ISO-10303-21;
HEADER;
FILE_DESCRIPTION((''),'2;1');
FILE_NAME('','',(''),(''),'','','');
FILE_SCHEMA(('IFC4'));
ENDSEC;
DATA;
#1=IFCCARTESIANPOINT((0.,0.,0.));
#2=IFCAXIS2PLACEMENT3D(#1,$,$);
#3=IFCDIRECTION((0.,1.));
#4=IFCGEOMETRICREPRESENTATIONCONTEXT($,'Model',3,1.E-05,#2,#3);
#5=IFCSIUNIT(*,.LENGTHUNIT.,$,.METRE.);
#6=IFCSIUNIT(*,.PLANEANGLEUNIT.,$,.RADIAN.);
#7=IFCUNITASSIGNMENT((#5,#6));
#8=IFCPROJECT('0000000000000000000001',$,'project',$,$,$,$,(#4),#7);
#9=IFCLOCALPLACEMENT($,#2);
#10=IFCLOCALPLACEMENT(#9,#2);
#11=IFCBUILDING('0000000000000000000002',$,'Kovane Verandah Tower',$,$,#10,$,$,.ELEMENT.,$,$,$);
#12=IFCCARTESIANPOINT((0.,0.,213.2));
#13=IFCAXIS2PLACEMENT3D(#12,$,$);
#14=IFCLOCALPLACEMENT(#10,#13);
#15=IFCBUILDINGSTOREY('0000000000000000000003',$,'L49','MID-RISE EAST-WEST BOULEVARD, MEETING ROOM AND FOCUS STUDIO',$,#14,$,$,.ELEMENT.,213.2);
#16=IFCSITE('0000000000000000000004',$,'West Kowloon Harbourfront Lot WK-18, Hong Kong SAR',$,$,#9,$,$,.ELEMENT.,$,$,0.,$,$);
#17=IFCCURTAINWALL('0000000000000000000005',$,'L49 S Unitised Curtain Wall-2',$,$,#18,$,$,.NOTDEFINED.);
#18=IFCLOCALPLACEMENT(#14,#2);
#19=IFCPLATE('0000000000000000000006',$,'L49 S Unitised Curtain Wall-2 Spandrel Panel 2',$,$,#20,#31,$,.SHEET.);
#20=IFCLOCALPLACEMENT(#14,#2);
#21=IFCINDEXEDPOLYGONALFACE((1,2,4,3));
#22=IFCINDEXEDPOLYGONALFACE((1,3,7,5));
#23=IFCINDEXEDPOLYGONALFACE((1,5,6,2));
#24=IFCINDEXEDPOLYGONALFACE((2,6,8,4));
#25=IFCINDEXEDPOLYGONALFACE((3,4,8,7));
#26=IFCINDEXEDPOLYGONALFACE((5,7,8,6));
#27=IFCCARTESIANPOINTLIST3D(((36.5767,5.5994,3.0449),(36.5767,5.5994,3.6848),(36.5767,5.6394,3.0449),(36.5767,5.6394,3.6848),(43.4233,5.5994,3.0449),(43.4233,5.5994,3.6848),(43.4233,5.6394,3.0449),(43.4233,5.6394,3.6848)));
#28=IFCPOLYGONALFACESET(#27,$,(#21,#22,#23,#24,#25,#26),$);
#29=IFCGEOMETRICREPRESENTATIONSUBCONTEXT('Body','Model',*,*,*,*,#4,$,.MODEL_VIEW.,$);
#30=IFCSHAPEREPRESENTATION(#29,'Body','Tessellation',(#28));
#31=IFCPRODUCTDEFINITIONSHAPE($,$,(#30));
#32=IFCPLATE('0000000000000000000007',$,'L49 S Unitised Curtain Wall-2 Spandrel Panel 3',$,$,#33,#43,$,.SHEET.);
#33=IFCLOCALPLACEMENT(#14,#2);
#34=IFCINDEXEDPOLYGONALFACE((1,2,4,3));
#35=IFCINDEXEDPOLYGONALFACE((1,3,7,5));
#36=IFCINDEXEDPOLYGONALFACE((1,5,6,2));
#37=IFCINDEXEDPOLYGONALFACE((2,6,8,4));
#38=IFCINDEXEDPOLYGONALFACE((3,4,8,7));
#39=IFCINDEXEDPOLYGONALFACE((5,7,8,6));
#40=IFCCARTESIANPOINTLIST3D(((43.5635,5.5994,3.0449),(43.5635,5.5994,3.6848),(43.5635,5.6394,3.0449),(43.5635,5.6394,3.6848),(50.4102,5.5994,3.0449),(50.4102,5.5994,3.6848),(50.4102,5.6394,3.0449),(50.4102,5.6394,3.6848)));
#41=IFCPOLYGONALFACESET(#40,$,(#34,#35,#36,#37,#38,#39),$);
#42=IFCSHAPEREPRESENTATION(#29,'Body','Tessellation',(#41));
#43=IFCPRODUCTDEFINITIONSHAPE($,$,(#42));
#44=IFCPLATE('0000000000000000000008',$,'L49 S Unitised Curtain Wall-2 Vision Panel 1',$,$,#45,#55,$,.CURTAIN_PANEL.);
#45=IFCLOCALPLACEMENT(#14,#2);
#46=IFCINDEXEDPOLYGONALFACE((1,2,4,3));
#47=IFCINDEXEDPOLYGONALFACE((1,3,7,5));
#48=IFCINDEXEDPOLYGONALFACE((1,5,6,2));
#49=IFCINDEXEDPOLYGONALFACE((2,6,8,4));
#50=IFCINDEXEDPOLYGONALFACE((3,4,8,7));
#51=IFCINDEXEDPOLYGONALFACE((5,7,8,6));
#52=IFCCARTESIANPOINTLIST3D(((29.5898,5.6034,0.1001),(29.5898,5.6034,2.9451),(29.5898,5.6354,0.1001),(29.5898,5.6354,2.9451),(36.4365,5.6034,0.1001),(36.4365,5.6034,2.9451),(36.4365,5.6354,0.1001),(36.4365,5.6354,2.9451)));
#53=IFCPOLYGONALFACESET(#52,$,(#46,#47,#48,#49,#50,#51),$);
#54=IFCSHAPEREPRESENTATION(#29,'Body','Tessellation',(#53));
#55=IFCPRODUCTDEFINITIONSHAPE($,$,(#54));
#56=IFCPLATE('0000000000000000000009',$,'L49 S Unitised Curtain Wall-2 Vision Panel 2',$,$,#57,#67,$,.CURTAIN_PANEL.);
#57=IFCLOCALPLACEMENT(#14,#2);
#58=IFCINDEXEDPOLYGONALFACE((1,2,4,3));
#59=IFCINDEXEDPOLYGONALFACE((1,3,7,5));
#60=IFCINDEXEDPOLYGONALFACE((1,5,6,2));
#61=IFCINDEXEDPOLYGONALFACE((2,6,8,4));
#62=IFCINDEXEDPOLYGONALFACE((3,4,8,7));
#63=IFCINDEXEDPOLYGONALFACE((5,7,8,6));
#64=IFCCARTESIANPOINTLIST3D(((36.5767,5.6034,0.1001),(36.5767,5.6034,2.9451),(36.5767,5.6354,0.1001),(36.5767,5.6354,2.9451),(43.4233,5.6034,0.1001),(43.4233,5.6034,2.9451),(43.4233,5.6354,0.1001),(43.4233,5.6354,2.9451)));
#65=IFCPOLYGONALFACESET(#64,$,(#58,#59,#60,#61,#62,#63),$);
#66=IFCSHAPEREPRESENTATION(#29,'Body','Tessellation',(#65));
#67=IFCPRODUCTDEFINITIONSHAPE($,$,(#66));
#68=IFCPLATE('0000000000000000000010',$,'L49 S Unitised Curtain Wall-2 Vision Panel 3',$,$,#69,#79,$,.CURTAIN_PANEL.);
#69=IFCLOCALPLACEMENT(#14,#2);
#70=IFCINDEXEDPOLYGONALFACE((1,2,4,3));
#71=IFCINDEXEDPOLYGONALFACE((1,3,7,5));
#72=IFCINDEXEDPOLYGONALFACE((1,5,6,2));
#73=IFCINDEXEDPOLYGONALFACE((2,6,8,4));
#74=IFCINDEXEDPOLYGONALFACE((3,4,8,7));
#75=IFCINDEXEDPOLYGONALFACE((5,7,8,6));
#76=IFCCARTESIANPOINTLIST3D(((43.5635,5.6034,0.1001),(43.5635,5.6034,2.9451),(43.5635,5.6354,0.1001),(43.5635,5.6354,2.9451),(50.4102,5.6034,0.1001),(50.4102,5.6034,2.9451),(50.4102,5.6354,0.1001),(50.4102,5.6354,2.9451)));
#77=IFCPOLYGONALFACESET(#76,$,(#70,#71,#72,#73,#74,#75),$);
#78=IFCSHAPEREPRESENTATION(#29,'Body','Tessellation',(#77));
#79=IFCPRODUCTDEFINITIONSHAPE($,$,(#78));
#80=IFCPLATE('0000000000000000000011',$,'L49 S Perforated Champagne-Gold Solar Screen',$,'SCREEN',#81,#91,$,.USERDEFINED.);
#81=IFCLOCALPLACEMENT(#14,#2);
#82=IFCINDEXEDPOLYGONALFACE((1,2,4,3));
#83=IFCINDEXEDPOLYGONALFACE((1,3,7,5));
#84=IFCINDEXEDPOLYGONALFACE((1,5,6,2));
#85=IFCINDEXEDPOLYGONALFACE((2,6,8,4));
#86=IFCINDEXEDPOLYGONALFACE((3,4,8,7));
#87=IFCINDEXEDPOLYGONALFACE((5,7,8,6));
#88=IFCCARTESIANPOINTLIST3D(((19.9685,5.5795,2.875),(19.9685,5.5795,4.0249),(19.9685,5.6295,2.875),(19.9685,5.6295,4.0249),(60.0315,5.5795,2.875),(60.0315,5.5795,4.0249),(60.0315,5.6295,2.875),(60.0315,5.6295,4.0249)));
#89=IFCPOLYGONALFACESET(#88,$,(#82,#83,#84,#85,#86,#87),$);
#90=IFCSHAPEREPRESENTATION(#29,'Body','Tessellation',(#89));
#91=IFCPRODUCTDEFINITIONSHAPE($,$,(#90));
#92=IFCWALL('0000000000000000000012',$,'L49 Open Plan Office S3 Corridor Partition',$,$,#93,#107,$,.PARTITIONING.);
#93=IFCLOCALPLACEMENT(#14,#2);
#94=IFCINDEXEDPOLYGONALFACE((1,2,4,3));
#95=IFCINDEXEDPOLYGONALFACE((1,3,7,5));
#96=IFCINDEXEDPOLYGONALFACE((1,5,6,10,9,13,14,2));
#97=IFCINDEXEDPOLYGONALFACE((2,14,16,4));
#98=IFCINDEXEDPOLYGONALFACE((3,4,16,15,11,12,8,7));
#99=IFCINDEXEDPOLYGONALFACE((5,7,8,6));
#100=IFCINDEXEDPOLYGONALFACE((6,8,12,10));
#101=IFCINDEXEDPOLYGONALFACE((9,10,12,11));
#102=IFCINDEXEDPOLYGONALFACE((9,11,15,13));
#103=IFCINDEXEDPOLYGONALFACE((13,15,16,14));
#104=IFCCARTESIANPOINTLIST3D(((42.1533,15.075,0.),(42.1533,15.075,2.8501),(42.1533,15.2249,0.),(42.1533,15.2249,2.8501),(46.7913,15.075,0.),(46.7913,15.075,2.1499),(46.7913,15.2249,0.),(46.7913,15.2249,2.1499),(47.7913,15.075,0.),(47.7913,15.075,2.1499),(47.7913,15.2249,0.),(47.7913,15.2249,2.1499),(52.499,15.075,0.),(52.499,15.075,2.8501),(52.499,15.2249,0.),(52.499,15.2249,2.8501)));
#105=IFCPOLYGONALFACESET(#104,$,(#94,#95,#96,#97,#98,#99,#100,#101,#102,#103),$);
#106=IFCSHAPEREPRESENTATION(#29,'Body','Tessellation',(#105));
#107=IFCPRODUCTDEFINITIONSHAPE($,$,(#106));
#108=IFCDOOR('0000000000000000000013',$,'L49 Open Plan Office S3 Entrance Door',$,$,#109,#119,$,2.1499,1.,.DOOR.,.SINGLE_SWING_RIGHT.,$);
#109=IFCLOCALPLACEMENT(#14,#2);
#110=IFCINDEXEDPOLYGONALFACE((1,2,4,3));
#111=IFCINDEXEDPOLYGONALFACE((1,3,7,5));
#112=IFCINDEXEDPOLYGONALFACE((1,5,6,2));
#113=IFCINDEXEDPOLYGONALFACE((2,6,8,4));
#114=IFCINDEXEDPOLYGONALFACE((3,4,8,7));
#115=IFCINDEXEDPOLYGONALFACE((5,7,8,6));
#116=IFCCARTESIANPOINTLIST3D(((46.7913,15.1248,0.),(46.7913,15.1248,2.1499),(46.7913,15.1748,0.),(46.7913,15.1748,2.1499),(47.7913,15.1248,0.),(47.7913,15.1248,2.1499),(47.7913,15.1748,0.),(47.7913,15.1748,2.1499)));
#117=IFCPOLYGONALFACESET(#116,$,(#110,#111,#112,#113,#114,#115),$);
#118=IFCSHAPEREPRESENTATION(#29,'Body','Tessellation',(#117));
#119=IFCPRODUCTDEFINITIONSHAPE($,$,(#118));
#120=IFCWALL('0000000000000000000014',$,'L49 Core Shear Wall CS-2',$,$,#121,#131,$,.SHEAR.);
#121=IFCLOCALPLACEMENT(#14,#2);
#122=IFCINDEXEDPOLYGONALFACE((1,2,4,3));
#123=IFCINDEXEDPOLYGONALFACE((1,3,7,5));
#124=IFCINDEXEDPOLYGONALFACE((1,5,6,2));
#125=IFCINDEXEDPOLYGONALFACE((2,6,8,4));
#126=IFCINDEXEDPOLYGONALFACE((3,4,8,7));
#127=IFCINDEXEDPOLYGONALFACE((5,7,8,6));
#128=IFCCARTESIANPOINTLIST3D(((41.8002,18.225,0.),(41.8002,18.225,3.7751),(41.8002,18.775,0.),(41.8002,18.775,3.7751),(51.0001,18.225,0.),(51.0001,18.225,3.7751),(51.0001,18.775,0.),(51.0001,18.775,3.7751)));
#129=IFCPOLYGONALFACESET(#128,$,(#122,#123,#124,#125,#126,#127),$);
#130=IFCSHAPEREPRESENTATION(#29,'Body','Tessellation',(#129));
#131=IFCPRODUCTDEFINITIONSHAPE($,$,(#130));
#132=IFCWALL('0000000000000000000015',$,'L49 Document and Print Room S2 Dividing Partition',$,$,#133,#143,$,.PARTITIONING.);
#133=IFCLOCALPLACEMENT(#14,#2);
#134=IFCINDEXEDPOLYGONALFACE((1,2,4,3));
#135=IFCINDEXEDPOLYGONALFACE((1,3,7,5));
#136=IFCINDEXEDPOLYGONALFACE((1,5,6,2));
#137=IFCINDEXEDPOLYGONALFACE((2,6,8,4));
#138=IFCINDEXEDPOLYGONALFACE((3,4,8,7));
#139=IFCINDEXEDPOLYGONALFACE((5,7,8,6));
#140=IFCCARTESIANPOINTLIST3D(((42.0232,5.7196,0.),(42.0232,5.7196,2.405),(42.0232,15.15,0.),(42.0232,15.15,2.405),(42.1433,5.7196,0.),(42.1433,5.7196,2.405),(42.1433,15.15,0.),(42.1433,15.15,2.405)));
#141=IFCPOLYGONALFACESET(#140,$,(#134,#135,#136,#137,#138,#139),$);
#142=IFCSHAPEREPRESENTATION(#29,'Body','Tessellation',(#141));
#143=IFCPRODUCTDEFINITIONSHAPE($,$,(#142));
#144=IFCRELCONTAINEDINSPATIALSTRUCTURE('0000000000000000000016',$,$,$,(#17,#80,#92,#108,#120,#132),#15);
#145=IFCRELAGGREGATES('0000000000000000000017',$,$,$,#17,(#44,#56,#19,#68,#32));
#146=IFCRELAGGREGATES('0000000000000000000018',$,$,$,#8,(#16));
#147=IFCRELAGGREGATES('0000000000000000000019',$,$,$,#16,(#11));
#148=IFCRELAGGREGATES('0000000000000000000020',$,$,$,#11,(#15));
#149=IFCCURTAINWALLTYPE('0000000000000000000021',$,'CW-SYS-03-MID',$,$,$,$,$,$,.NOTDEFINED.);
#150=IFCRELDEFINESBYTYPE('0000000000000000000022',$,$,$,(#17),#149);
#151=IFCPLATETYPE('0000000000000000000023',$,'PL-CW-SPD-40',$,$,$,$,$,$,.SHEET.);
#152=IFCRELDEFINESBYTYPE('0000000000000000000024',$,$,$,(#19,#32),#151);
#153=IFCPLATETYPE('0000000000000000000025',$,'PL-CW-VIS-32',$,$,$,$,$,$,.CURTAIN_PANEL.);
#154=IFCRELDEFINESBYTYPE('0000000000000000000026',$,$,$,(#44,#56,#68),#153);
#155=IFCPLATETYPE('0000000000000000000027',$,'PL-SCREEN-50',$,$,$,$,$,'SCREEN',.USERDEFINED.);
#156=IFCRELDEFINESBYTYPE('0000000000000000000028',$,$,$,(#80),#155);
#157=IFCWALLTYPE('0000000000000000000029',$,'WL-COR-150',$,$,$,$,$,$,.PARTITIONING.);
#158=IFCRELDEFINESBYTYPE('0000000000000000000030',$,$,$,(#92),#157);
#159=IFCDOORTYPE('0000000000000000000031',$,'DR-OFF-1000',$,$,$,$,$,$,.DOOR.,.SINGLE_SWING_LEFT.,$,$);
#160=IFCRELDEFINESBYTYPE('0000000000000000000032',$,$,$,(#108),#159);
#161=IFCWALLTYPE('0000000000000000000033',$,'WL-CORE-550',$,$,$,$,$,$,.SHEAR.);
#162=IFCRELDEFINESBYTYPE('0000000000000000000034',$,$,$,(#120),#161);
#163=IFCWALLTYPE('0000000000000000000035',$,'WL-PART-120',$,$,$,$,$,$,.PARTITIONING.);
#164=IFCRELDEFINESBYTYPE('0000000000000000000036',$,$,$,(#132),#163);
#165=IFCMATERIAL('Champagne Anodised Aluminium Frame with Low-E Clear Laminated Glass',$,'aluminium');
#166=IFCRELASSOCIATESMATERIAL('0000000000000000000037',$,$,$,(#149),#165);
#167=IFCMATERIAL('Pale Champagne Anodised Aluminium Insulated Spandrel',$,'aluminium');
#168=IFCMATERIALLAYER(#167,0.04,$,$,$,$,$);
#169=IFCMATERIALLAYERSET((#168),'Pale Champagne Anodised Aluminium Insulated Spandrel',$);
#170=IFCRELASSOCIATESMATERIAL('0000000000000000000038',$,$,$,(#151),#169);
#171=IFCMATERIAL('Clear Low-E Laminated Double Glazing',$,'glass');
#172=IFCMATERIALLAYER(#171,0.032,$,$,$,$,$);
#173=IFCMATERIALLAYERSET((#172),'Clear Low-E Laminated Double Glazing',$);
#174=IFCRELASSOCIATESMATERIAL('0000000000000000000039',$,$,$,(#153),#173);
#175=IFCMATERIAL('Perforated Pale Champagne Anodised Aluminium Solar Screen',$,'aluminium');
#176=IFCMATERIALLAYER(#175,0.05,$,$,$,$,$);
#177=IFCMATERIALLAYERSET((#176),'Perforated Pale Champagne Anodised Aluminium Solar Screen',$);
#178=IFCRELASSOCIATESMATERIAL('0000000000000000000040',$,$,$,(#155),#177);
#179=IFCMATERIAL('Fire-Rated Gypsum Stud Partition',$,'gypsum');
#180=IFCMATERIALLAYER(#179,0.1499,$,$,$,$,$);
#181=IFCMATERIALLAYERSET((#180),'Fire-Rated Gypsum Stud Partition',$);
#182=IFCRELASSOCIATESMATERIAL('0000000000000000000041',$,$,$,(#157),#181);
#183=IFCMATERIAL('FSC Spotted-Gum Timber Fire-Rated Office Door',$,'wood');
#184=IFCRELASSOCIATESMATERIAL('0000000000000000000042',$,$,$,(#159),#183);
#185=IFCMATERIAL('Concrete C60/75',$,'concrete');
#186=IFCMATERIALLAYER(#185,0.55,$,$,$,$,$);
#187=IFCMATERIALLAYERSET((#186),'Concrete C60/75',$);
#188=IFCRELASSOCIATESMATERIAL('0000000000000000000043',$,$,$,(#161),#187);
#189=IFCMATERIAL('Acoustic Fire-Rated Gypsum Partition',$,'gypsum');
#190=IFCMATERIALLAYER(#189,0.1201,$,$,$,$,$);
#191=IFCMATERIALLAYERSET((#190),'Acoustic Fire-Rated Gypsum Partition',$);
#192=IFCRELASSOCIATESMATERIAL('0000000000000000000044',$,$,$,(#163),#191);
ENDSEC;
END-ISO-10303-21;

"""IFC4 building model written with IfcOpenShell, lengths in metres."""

from ifc_helpers import new_model, si_unit, direction, frame, frame_2d, origin, origin_2d, place, context, subcontext, project, spatial, rectangle, extrude, material, layer, layer_set, type_object, element, fill, aggregate, save


model = new_model("IFC4")

# Units and contexts
model_context = context("Model", 3, precision=1e-05, world=origin(), true_north=direction((0.0, 1.0)))
body_context = subcontext(model_context, "Body", "Model", "MODEL_VIEW")
ifc_project = project(units=[si_unit("LENGTHUNIT", "METRE"), si_unit("PLANEANGLEUNIT", "RADIAN")], contexts=[model_context])

# Site, building, storey
site_placement = place(None, origin())
site = spatial("IfcSite", under=ifc_project, at=site_placement, Name="West Kowloon Harbourfront Lot WK-18, Hong Kong SAR", CompositionType="ELEMENT", RefElevation=0.0)
building_placement = place(site_placement, origin())
building = spatial("IfcBuilding", under=site, at=building_placement, Name="Kovane Verandah Tower", CompositionType="ELEMENT")
storey_placement = place(building_placement, frame((0.0, 0.0, 213.2)))
storey = spatial("IfcBuildingStorey", under=building, at=storey_placement, Name="L49", Description="MID-RISE EAST-WEST BOULEVARD, MEETING ROOM AND FOCUS STUDIO", CompositionType="ELEMENT", Elevation=213.2)

# Shared definitions
ifc_material_1 = material(Name="Concrete C60/75", Category="concrete")

# Curtain wall, plates
ifc_material_2 = material(Name="Champagne Anodised Aluminium Frame with Low-E Clear Laminated Glass", Category="aluminium")
curtain_wall_type = type_object("IfcCurtainWallType", Name="CW-SYS-03-MID", PredefinedType="NOTDEFINED", material=ifc_material_2)
curtain_wall_placement = place(storey_placement, origin())
curtain_wall = element("IfcCurtainWall", 1, at=curtain_wall_placement, inside=storey, type_object=curtain_wall_type, Name="L49 S Unitised Curtain Wall-2", PredefinedType="NOTDEFINED")
ifc_material_3 = material(Name="Pale Champagne Anodised Aluminium Insulated Spandrel", Category="aluminium")
ifc_layer_1 = layer(ifc_material_3, 0.04)
ifc_layer_set_1 = layer_set([ifc_layer_1], Name="Pale Champagne Anodised Aluminium Insulated Spandrel")
plate_type_1 = type_object("IfcPlateType", Name="PL-CW-SPD-40", PredefinedType="SHEET", material=ifc_layer_set_1)
plate_1_placement = place(storey_placement, frame((40.0, 5.6194, 3.0449), z_axis=(0.0, 0.0, 1.0), x_axis=(1.0, 0.0, 0.0)))
plate_1 = element("IfcPlate", 2, at=plate_1_placement, type_object=plate_type_1, Name="L49 S Unitised Curtain Wall-2 Spandrel Panel 2", PredefinedType="SHEET", context=body_context, shape_type="SweptSolid", body=[
    extrude(rectangle(XDim=6.8467, YDim=0.04, at=origin_2d()), origin(), (0.0, 0.0, 1.0), 0.6399),
])
plate_2_placement = place(storey_placement, frame((46.9868, 5.6194, 3.0449), z_axis=(0.0, 0.0, 1.0), x_axis=(1.0, 0.0, 0.0)))
plate_2 = element("IfcPlate", 3, at=plate_2_placement, type_object=plate_type_1, Name="L49 S Unitised Curtain Wall-2 Spandrel Panel 3", PredefinedType="SHEET", context=body_context, shape_type="SweptSolid", body=[
    extrude(rectangle(XDim=6.8467, YDim=0.04, at=origin_2d()), origin(), (0.0, 0.0, 1.0), 0.6399),
])
ifc_material_4 = material(Name="Clear Low-E Laminated Double Glazing", Category="glass")
ifc_layer_2 = layer(ifc_material_4, 0.032)
ifc_layer_set_2 = layer_set([ifc_layer_2], Name="Clear Low-E Laminated Double Glazing")
plate_type_2 = type_object("IfcPlateType", Name="PL-CW-VIS-32", PredefinedType="CURTAIN_PANEL", material=ifc_layer_set_2)
plate_3_placement = place(storey_placement, frame((33.0132, 5.6194, 0.1001), z_axis=(0.0, 0.0, 1.0), x_axis=(1.0, 0.0, 0.0)))
plate_3 = element("IfcPlate", 4, at=plate_3_placement, type_object=plate_type_2, Name="L49 S Unitised Curtain Wall-2 Vision Panel 1", PredefinedType="CURTAIN_PANEL", context=body_context, shape_type="SweptSolid", body=[
    extrude(rectangle(XDim=6.8467, YDim=0.032, at=origin_2d()), origin(), (0.0, 0.0, 1.0), 2.845),
])
plate_4_placement = place(storey_placement, frame((40.0, 5.6194, 0.1001), z_axis=(0.0, 0.0, 1.0), x_axis=(1.0, 0.0, 0.0)))
plate_4 = element("IfcPlate", 5, at=plate_4_placement, type_object=plate_type_2, Name="L49 S Unitised Curtain Wall-2 Vision Panel 2", PredefinedType="CURTAIN_PANEL", context=body_context, shape_type="SweptSolid", body=[
    extrude(rectangle(XDim=6.8467, YDim=0.032, at=origin_2d()), origin(), (0.0, 0.0, 1.0), 2.845),
])
plate_5_placement = place(storey_placement, frame((46.9868, 5.6194, 0.1001), z_axis=(0.0, 0.0, 1.0), x_axis=(1.0, 0.0, 0.0)))
plate_5 = element("IfcPlate", 6, at=plate_5_placement, type_object=plate_type_2, Name="L49 S Unitised Curtain Wall-2 Vision Panel 3", PredefinedType="CURTAIN_PANEL", context=body_context, shape_type="SweptSolid", body=[
    extrude(rectangle(XDim=6.8467, YDim=0.032, at=origin_2d()), origin(), (0.0, 0.0, 1.0), 2.845),
])
aggregate(curtain_wall, [plate_3, plate_4, plate_1, plate_5, plate_2])

# Plate
ifc_material_5 = material(Name="Perforated Pale Champagne Anodised Aluminium Solar Screen", Category="aluminium")
ifc_layer_3 = layer(ifc_material_5, 0.05)
ifc_layer_set_3 = layer_set([ifc_layer_3], Name="Perforated Pale Champagne Anodised Aluminium Solar Screen")
plate_type_3 = type_object("IfcPlateType", Name="PL-SCREEN-50", ElementType="SCREEN", PredefinedType="USERDEFINED", material=ifc_layer_set_3)
plate_6_placement = place(storey_placement, frame((40.0, 5.6045, 2.875), z_axis=(0.0, 0.0, 1.0), x_axis=(1.0, 0.0, 0.0)))
element("IfcPlate", 7, at=plate_6_placement, inside=storey, type_object=plate_type_3, Name="L49 S Perforated Champagne-Gold Solar Screen", ObjectType="SCREEN", PredefinedType="USERDEFINED", context=body_context, shape_type="SweptSolid", body=[
    extrude(rectangle(XDim=40.063, YDim=0.05, at=origin_2d()), origin(), (0.0, 0.0, 1.0), 1.1499),
])

# Wall, opening, door
ifc_material_6 = material(Name="Fire-Rated Gypsum Stud Partition", Category="gypsum")
ifc_layer_4 = layer(ifc_material_6, 0.1499)
ifc_layer_set_4 = layer_set([ifc_layer_4], Name="Fire-Rated Gypsum Stud Partition")
wall_type_1 = type_object("IfcWallType", Name="WL-COR-150", PredefinedType="PARTITIONING", material=ifc_layer_set_4)
wall_1_placement = place(storey_placement, frame((42.1533, 15.1499, 0.0), z_axis=(0.0, 0.0, 1.0), x_axis=(1.0, 0.0, 0.0)))
wall_1 = element("IfcWall", 8, at=wall_1_placement, inside=storey, type_object=wall_type_1, Name="L49 Open Plan Office S3 Corridor Partition", PredefinedType="PARTITIONING", context=body_context, shape_type="SweptSolid", body=[
    extrude(rectangle(XDim=10.3457, YDim=0.1499, at=frame_2d((5.1729, 0.0))), origin(), (0.0, 0.0, 1.0), 2.8501),
])
opening_placement = place(wall_1_placement, frame((4.6379, 0.0, 0.0)))
opening = element("IfcOpeningElement", 9, at=opening_placement, cuts=wall_1, PredefinedType="OPENING", context=body_context, shape_type="SweptSolid", body=[
    extrude(rectangle(XDim=1.0, YDim=2.1499, at=frame_2d((0.5, 1.075))), frame((0.0, 0.075, 0.0), z_axis=(0.0, -1.0, 0.0), x_axis=(1.0, 0.0, 0.0)), (0.0, 0.0, 1.0), 0.1499),
])
ifc_material_7 = material(Name="FSC Spotted-Gum Timber Fire-Rated Office Door", Category="wood")
door_type = type_object("IfcDoorType", Name="DR-OFF-1000", OperationType="SINGLE_SWING_LEFT", PredefinedType="DOOR", material=ifc_material_7)
door_placement = place(opening_placement, origin())
door = element("IfcDoor", 10, at=door_placement, inside=storey, type_object=door_type, Name="L49 Open Plan Office S3 Entrance Door", OperationType="SINGLE_SWING_RIGHT", OverallHeight=2.1499, OverallWidth=1.0, PredefinedType="DOOR", context=body_context, shape_type="SweptSolid", body=[
    extrude(rectangle(XDim=1.0, YDim=2.1499, at=frame_2d((0.5, 1.075))), frame((0.0, 0.0249, 0.0), z_axis=(0.0, -1.0, 0.0), x_axis=(1.0, 0.0, 0.0)), (0.0, 0.0, 1.0), 0.05),
])
fill(opening, door)

# Walls
ifc_layer_5 = layer(ifc_material_1, 0.55)
ifc_layer_set_5 = layer_set([ifc_layer_5], Name="Concrete C60/75")
wall_type_2 = type_object("IfcWallType", Name="WL-CORE-550", PredefinedType="SHEAR", material=ifc_layer_set_5)
wall_2_placement = place(storey_placement, frame((41.8, 18.5, 0.0), z_axis=(0.0, 0.0, 1.0), x_axis=(1.0, 0.0, 0.0)))
element("IfcWall", 11, at=wall_2_placement, inside=storey, type_object=wall_type_2, Name="L49 Core Shear Wall CS-2", PredefinedType="SHEAR", context=body_context, shape_type="SweptSolid", body=[
    extrude(rectangle(XDim=9.2, YDim=0.55, at=frame_2d((4.6001, 0.0))), origin(), (0.0, 0.0, 1.0), 3.7751),
])
ifc_material_8 = material(Name="Acoustic Fire-Rated Gypsum Partition", Category="gypsum")
ifc_layer_6 = layer(ifc_material_8, 0.1201)
ifc_layer_set_6 = layer_set([ifc_layer_6], Name="Acoustic Fire-Rated Gypsum Partition")
wall_type_3 = type_object("IfcWallType", Name="WL-PART-120", PredefinedType="PARTITIONING", material=ifc_layer_set_6)
wall_3_placement = place(storey_placement, frame((42.0833, 5.7195, 0.0), z_axis=(0.0, 0.0, 1.0), x_axis=(0.0, 1.0, 0.0)))
element("IfcWall", 12, at=wall_3_placement, inside=storey, type_object=wall_type_3, Name="L49 Document and Print Room S2 Dividing Partition", PredefinedType="PARTITIONING", context=body_context, shape_type="SweptSolid", body=[
    extrude(rectangle(XDim=9.4304, YDim=0.1201, at=frame_2d((4.7153, 0.0))), origin(), (0.0, 0.0, 1.0), 2.405),
])

save(model, "model.ifc")
